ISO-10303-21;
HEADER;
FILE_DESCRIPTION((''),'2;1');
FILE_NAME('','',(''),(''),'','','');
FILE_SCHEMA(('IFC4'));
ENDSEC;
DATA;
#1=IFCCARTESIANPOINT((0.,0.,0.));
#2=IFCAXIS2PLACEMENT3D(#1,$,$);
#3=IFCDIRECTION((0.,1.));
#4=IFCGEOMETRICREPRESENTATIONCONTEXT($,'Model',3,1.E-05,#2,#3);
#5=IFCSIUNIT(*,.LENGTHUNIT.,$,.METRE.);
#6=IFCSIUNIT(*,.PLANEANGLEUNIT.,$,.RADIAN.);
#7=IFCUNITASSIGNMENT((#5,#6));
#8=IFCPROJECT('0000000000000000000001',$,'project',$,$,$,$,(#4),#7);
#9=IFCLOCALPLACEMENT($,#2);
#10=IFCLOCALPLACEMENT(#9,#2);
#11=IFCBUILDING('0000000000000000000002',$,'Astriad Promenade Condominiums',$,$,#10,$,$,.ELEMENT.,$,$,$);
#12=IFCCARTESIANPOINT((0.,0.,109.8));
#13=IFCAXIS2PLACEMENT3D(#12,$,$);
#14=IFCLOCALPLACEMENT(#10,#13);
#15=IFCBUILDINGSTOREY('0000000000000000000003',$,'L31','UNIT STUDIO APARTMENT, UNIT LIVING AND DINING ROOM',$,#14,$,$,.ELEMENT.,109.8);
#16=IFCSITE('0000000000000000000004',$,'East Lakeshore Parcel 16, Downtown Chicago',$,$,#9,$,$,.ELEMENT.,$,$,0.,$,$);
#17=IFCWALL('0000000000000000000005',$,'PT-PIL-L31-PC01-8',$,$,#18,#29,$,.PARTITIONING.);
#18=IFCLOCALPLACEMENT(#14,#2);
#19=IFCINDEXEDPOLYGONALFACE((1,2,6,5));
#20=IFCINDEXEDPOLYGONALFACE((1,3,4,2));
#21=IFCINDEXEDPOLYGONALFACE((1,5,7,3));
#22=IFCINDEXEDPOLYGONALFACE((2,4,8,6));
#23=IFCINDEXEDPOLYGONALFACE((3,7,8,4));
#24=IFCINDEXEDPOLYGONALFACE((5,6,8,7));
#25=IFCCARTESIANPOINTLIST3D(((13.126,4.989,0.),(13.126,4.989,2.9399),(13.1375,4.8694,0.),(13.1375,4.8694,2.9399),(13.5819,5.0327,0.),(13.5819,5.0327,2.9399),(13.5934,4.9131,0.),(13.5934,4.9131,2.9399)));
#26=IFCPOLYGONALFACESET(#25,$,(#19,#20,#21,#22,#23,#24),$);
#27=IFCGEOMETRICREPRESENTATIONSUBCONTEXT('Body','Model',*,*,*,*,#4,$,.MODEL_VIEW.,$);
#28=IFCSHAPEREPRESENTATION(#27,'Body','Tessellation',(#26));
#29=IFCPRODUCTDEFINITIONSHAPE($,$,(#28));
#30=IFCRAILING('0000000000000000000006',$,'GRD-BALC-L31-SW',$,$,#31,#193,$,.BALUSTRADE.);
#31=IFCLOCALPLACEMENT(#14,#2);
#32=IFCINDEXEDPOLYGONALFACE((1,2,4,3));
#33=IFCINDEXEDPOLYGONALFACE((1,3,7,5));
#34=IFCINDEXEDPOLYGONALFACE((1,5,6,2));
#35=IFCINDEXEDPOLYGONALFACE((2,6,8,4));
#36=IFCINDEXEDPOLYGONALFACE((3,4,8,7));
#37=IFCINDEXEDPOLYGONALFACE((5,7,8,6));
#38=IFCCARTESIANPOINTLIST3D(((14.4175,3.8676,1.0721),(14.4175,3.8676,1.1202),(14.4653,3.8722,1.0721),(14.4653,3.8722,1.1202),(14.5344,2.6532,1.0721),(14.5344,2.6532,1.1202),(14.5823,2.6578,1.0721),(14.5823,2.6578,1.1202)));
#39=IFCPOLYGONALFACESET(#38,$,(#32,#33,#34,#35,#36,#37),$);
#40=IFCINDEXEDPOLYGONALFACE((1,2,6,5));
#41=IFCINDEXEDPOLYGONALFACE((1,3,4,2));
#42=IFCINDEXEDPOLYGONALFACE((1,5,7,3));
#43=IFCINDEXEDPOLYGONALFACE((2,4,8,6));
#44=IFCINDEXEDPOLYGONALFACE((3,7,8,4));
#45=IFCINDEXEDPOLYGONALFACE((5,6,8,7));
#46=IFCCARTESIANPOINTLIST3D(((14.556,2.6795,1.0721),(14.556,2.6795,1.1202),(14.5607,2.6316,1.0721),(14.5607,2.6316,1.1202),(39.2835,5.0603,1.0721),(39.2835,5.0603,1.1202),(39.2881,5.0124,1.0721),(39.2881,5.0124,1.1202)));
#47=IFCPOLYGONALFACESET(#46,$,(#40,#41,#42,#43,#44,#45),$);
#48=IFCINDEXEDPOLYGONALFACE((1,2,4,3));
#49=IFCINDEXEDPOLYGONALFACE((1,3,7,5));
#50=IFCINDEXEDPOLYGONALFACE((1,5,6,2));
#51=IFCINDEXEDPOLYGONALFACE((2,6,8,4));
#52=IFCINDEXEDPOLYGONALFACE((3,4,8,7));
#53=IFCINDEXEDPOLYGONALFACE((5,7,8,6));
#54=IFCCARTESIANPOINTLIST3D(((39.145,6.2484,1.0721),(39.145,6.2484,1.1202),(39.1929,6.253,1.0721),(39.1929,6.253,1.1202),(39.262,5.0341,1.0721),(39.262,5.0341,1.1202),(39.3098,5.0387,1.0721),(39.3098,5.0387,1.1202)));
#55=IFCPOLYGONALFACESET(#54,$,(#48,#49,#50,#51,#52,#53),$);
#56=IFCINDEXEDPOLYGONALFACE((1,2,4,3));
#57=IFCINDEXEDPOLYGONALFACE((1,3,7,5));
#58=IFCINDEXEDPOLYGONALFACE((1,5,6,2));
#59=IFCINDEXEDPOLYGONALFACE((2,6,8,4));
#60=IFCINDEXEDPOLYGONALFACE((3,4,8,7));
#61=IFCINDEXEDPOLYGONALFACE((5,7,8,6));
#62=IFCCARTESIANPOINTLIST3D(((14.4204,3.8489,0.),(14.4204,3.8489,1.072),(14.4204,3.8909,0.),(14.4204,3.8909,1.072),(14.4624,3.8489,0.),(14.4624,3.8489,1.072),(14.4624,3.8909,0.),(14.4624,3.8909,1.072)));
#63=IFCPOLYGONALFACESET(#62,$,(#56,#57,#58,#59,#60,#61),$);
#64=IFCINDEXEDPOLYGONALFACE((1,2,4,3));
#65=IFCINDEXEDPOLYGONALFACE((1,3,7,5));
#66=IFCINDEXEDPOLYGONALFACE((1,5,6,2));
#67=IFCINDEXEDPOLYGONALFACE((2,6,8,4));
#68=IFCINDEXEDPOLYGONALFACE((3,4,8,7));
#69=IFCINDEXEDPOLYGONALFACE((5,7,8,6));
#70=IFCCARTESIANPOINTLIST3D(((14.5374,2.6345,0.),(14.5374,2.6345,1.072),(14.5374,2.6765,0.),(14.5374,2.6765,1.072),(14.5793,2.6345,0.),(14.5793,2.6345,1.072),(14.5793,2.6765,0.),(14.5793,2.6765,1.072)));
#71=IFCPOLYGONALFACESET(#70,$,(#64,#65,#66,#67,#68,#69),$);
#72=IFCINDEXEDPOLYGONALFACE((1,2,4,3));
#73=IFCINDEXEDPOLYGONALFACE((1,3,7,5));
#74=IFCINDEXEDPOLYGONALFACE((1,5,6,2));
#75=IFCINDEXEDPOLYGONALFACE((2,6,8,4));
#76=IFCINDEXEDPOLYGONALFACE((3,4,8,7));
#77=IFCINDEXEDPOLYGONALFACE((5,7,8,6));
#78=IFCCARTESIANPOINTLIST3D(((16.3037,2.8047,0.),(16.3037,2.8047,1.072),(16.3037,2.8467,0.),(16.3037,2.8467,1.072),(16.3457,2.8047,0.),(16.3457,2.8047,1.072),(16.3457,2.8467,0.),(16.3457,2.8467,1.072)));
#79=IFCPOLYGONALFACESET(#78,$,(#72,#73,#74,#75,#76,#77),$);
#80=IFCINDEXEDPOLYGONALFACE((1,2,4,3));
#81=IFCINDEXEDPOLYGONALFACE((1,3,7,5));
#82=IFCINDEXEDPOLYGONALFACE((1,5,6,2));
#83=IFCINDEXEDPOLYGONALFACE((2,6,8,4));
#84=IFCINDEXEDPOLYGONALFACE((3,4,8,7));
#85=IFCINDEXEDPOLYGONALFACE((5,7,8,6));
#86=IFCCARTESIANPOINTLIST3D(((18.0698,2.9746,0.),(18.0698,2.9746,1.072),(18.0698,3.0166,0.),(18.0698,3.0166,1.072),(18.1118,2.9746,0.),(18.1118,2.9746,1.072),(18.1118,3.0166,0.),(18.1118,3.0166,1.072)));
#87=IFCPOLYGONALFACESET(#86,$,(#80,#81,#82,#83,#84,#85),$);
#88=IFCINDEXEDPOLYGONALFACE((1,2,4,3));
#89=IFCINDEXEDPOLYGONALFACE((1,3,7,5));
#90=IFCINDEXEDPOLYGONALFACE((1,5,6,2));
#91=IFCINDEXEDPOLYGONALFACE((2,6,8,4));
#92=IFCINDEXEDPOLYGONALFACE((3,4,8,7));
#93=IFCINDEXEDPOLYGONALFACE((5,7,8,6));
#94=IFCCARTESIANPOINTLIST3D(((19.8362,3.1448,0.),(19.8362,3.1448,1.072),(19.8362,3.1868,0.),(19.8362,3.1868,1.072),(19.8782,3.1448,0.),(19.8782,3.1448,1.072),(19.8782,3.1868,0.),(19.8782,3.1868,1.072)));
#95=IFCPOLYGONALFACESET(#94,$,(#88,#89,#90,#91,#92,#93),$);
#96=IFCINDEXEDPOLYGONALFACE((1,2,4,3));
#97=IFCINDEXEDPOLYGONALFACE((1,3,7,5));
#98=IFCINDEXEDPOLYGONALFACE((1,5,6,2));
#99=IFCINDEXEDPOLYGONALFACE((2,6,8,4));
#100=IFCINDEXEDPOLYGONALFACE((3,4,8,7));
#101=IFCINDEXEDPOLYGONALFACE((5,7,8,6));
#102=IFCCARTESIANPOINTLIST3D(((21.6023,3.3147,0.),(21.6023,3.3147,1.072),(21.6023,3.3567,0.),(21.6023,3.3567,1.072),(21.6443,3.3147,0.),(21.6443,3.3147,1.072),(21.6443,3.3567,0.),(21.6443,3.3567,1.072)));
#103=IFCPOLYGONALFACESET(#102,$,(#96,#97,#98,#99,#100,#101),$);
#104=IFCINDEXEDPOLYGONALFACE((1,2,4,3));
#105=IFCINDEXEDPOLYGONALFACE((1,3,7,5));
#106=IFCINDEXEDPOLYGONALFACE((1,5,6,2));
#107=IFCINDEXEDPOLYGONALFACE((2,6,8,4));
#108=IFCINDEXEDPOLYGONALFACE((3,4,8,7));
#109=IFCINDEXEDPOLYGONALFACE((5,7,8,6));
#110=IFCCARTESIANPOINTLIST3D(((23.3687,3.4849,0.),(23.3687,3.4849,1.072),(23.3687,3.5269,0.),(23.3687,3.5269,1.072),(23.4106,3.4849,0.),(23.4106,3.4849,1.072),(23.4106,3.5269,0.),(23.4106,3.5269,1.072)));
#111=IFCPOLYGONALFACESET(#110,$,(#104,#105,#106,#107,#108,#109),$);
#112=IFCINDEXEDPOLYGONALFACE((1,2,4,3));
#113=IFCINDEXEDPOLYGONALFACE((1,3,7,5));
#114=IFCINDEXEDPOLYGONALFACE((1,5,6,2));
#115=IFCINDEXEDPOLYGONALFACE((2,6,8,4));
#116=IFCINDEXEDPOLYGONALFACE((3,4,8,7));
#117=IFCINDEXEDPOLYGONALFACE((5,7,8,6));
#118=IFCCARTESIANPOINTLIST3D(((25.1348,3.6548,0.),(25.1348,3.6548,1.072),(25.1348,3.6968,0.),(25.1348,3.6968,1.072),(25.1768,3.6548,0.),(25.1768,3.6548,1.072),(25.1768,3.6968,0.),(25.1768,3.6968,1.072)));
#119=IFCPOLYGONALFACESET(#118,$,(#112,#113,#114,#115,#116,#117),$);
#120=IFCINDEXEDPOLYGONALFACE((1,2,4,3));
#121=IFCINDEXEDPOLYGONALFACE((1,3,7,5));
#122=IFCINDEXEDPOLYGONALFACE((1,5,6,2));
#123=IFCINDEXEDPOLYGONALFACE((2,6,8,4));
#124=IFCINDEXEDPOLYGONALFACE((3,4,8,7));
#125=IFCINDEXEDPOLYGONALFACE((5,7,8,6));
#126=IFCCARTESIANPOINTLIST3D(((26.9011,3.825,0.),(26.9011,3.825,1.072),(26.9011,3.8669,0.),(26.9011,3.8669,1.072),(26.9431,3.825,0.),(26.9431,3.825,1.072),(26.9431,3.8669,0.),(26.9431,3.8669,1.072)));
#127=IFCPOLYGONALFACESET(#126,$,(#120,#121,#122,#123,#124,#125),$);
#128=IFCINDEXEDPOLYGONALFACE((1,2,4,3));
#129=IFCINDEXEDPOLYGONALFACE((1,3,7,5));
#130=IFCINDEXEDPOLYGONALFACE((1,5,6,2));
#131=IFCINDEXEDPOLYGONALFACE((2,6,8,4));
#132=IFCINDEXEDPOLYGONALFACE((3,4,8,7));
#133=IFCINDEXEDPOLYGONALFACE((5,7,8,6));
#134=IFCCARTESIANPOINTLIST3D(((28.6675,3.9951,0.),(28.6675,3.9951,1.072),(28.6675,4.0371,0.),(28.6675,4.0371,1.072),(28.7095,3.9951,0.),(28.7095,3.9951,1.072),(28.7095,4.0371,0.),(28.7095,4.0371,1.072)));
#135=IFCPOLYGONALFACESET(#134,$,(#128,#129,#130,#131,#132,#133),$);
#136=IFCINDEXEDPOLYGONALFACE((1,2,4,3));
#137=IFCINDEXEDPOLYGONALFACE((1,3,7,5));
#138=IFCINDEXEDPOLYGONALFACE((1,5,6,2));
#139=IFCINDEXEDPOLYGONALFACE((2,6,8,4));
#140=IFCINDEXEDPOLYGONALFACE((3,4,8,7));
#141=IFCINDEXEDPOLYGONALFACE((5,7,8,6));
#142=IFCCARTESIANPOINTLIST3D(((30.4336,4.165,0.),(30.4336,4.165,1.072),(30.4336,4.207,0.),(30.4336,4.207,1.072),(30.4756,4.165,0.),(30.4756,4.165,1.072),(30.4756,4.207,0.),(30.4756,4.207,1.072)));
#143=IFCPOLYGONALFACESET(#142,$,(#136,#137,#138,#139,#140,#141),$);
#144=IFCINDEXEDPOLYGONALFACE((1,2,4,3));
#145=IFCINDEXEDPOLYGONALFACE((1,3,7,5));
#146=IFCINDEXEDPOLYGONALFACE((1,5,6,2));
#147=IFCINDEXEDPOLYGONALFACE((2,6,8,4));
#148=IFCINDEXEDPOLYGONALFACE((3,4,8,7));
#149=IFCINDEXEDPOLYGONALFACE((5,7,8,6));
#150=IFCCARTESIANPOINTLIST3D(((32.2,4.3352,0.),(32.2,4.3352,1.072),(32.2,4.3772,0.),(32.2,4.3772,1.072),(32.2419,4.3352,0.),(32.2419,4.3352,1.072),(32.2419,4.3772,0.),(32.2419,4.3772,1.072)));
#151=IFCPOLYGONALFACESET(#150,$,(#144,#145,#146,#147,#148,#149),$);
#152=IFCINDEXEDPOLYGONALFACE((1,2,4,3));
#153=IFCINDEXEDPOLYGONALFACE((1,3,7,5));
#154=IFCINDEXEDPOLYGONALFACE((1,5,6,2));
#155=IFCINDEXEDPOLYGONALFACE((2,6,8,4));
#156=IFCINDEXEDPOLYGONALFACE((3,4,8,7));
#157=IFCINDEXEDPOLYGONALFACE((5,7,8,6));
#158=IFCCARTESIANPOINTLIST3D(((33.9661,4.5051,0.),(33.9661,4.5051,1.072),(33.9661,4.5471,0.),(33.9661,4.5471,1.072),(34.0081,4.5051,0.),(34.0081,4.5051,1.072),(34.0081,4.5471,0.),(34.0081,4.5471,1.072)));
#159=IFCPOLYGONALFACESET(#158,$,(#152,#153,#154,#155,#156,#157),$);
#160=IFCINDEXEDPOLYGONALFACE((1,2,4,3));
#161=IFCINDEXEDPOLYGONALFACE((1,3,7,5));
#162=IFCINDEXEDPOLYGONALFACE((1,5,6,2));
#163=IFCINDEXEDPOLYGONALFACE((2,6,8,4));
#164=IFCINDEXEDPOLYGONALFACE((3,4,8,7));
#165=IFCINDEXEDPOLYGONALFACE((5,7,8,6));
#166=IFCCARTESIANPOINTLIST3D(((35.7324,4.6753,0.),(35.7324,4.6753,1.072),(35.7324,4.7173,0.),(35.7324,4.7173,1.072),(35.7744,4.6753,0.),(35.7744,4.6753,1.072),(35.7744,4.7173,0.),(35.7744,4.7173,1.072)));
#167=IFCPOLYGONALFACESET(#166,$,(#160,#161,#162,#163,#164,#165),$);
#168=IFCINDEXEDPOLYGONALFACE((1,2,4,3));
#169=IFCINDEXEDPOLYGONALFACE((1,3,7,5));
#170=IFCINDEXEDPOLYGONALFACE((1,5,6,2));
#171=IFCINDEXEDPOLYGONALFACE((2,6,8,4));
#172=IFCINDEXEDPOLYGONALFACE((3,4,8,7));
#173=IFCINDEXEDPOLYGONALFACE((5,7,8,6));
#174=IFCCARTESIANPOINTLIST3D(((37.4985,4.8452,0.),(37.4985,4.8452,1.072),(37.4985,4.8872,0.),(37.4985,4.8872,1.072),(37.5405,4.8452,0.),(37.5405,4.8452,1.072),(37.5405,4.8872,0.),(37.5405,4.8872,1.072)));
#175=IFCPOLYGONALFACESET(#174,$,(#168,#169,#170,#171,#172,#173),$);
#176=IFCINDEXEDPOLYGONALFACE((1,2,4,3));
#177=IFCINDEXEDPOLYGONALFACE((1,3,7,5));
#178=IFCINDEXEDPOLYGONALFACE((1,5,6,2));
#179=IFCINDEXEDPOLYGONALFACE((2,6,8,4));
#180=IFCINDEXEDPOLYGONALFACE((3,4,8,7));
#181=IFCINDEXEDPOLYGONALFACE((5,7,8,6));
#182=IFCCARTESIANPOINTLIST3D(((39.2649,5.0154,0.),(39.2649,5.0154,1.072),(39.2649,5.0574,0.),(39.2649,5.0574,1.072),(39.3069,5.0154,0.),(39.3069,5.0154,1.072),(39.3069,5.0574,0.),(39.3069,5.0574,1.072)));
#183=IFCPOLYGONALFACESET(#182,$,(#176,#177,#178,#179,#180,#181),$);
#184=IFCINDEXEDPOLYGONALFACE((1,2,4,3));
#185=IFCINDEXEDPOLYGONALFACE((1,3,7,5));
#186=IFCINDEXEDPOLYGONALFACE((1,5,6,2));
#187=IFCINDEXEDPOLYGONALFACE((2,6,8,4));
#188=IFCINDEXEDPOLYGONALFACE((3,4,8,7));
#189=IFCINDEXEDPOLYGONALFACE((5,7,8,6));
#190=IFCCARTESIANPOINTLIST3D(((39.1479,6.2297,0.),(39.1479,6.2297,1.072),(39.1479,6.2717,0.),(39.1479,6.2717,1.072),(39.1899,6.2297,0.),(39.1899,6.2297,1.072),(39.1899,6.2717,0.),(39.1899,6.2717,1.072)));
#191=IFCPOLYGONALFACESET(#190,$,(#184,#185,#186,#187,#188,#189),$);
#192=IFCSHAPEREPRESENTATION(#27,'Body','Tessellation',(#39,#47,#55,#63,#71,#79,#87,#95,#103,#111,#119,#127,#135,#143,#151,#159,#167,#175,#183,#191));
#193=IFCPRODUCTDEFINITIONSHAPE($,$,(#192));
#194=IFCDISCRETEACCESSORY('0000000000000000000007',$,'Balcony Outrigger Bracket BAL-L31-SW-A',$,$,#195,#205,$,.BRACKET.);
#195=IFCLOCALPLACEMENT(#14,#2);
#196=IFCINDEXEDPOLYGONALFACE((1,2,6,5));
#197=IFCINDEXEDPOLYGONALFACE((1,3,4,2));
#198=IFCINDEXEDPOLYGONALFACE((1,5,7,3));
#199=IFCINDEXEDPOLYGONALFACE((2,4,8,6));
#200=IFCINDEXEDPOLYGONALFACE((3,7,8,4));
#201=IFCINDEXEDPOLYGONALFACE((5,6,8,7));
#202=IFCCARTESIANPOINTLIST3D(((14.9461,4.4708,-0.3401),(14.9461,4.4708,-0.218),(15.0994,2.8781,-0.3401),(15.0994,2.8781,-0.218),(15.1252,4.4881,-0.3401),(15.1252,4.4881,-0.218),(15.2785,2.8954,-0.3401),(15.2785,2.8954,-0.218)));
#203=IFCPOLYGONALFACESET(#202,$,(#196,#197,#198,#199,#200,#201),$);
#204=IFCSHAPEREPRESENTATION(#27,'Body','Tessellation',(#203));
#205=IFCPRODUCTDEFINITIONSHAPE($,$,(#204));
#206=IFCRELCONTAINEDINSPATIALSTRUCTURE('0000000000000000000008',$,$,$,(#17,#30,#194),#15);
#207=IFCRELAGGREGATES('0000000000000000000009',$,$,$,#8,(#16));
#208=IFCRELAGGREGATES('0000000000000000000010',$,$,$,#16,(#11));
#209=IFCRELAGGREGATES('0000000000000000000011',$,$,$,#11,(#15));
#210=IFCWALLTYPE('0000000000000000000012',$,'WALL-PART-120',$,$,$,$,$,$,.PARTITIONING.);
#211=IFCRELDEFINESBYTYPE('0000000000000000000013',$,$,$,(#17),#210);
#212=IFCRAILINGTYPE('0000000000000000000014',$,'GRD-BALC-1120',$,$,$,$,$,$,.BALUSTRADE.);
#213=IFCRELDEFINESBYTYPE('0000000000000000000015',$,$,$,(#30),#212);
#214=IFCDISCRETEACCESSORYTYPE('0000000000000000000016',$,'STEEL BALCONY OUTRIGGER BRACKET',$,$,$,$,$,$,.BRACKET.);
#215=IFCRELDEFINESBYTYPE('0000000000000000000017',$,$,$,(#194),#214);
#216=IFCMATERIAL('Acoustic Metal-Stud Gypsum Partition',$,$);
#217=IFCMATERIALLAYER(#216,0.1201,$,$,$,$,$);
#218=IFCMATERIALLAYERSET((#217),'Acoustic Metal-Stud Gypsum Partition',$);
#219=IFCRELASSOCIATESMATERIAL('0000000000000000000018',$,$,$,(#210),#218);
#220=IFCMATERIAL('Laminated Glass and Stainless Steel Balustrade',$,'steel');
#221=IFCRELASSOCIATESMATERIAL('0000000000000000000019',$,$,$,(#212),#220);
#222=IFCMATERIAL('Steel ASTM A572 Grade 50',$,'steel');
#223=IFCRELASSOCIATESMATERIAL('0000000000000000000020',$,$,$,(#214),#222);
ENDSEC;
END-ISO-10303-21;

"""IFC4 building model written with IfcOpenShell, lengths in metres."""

from ifc_helpers import new_model, si_unit, direction, frame, frame_2d, origin, origin_2d, place, context, subcontext, project, spatial, rectangle, extrude, source, transform, mapped, material, layer, layer_set, type_object, type_shapes, element, save


model = new_model("IFC4")

# Units and contexts
model_context = context("Model", 3, precision=1e-05, world=origin(), true_north=direction((0.0, 1.0)))
body_context = subcontext(model_context, "Body", "Model", "MODEL_VIEW")
ifc_project = project(units=[si_unit("LENGTHUNIT", "METRE"), si_unit("PLANEANGLEUNIT", "RADIAN")], contexts=[model_context])

# Site, building, storey
site_placement = place(None, origin())
site = spatial("IfcSite", under=ifc_project, at=site_placement, Name="East Lakeshore Parcel 16, Downtown Chicago", CompositionType="ELEMENT", RefElevation=0.0)
building_placement = place(site_placement, origin())
building = spatial("IfcBuilding", under=site, at=building_placement, Name="Astriad Promenade Condominiums", CompositionType="ELEMENT")
storey_placement = place(building_placement, frame((0.0, 0.0, 109.8)))
storey = spatial("IfcBuildingStorey", under=building, at=storey_placement, Name="L31", Description="UNIT STUDIO APARTMENT, UNIT LIVING AND DINING ROOM", CompositionType="ELEMENT", Elevation=109.8)

# Shared definitions
ifc_material_1 = material(Name="Acoustic Metal-Stud Gypsum Partition")
ifc_layer_1 = layer(ifc_material_1, 0.1201)
ifc_layer_set_1 = layer_set([ifc_layer_1], Name="Acoustic Metal-Stud Gypsum Partition")
wall_type_1 = type_object("IfcWallType", Name="WALL-PART-120", PredefinedType="PARTITIONING", material=ifc_layer_set_1)

# Wall
wall_1_placement = place(storey_placement, frame((13.5876, 4.9729, 0.0), z_axis=(0.0, 0.0, 1.0), x_axis=(-0.995435, -0.095438, 0.0)))
element("IfcWall", 1, at=wall_1_placement, inside=storey, type_object=wall_type_1, Name="PT-PIL-L31-PC01-8", PredefinedType="PARTITIONING", context=body_context, shape_type="SweptSolid", body=[
    extrude(rectangle(XDim=0.458, YDim=0.1201, at=frame_2d((0.229, 0.0))), origin(), (0.0, 0.0, 1.0), 2.9399),
])

# Railing
ifc_material_2 = material(Name="Laminated Glass and Stainless Steel Balustrade", Category="steel")
railing_type = type_object("IfcRailingType", Name="GRD-BALC-1120", PredefinedType="BALUSTRADE", material=ifc_material_2)
shared_shape_1 = source(origin(), body_context, "Body", "SweptSolid", [
    extrude(rectangle(XDim=0.0481, YDim=0.0481, at=origin_2d()), frame((0.0, 0.0, 1.0962), z_axis=(0.095857, -0.995395, 0.0), x_axis=(0.995395, 0.095857, 0.0)), (0.0, 0.0, 1.0), 1.22),
    extrude(rectangle(XDim=0.0481, YDim=0.0481, at=origin_2d()), frame((0.1169, -1.2144, 1.0962), z_axis=(0.995397, 0.09584, 0.0), x_axis=(-0.09584, 0.995397, 0.0)), (0.0, 0.0, 1.0), 24.8418),
    extrude(rectangle(XDim=0.0481, YDim=0.0481, at=origin_2d()), frame((24.8445, 1.1665, 1.0962), z_axis=(-0.095857, 0.995395, 0.0), x_axis=(-0.995395, -0.095857, 0.0)), (0.0, 0.0, 1.0), 1.22),
    extrude(rectangle(XDim=0.042, YDim=0.042, at=origin_2d()), origin(), (0.0, 0.0, 1.0), 1.072),
    extrude(rectangle(XDim=0.042, YDim=0.042, at=origin_2d()), frame((0.1169, -1.2144, 0.0)), (0.0, 0.0, 1.0), 1.072),
    extrude(rectangle(XDim=0.042, YDim=0.042, at=origin_2d()), frame((1.8833, -1.0442, 0.0)), (0.0, 0.0, 1.0), 1.072),
    extrude(rectangle(XDim=0.042, YDim=0.042, at=origin_2d()), frame((3.6494, -0.8743, 0.0)), (0.0, 0.0, 1.0), 1.072),
    extrude(rectangle(XDim=0.042, YDim=0.042, at=origin_2d()), frame((5.4158, -0.7041, 0.0)), (0.0, 0.0, 1.0), 1.072),
    extrude(rectangle(XDim=0.042, YDim=0.042, at=origin_2d()), frame((7.1819, -0.5342, 0.0)), (0.0, 0.0, 1.0), 1.072),
    extrude(rectangle(XDim=0.042, YDim=0.042, at=origin_2d()), frame((8.9482, -0.364, 0.0)), (0.0, 0.0, 1.0), 1.072),
    extrude(rectangle(XDim=0.042, YDim=0.042, at=origin_2d()), frame((10.7144, -0.1941, 0.0)), (0.0, 0.0, 1.0), 1.072),
    extrude(rectangle(XDim=0.042, YDim=0.042, at=origin_2d()), frame((12.4807, -0.0239, 0.0)), (0.0, 0.0, 1.0), 1.072),
    extrude(rectangle(XDim=0.042, YDim=0.042, at=origin_2d()), frame((14.2471, 0.1462, 0.0)), (0.0, 0.0, 1.0), 1.072),
    extrude(rectangle(XDim=0.042, YDim=0.042, at=origin_2d()), frame((16.0132, 0.3162, 0.0)), (0.0, 0.0, 1.0), 1.072),
    extrude(rectangle(XDim=0.042, YDim=0.042, at=origin_2d()), frame((17.7795, 0.4863, 0.0)), (0.0, 0.0, 1.0), 1.072),
    extrude(rectangle(XDim=0.042, YDim=0.042, at=origin_2d()), frame((19.5457, 0.6562, 0.0)), (0.0, 0.0, 1.0), 1.072),
    extrude(rectangle(XDim=0.042, YDim=0.042, at=origin_2d()), frame((21.312, 0.8264, 0.0)), (0.0, 0.0, 1.0), 1.072),
    extrude(rectangle(XDim=0.042, YDim=0.042, at=origin_2d()), frame((23.0781, 0.9963, 0.0)), (0.0, 0.0, 1.0), 1.072),
    extrude(rectangle(XDim=0.042, YDim=0.042, at=origin_2d()), frame((24.8445, 1.1665, 0.0)), (0.0, 0.0, 1.0), 1.072),
    extrude(rectangle(XDim=0.042, YDim=0.042, at=origin_2d()), frame((24.7275, 2.3809, 0.0)), (0.0, 0.0, 1.0), 1.072),
])
type_shapes(railing_type, [shared_shape_1])
railing_placement = place(storey_placement, frame((14.4414, 3.8699, 0.0)))
element("IfcRailing", 2, at=railing_placement, inside=storey, type_object=railing_type, Name="GRD-BALC-L31-SW", PredefinedType="BALUSTRADE", context=body_context, shape_type="MappedRepresentation", body=[
    mapped(shared_shape_1, transform((0.0, 0.0, 0.0), scale=1.0)),
])

# Discrete accessory
ifc_material_3 = material(Name="Steel ASTM A572 Grade 50", Category="steel")
discrete_accessory_type = type_object("IfcDiscreteAccessoryType", Name="STEEL BALCONY OUTRIGGER BRACKET", PredefinedType="BRACKET", material=ifc_material_3)
shared_shape_2 = source(origin(), body_context, "Body", "SweptSolid", [
    extrude(rectangle(XDim=1.6001, YDim=0.1799, at=origin_2d()), origin(), (0.0, 0.0, 1.0), 0.1221),
])
type_shapes(discrete_accessory_type, [shared_shape_2])
discrete_accessory_placement = place(storey_placement, frame((15.1123, 3.6831, -0.3401), z_axis=(0.0, 0.0, 1.0), x_axis=(0.095846, -0.995396, 0.0)))
element("IfcDiscreteAccessory", 3, at=discrete_accessory_placement, inside=storey, type_object=discrete_accessory_type, Name="Balcony Outrigger Bracket BAL-L31-SW-A", PredefinedType="BRACKET", context=body_context, shape_type="MappedRepresentation", body=[
    mapped(shared_shape_2, transform((0.0, 0.0, 0.0), scale=1.0)),
])

save(model, "model.ifc")
